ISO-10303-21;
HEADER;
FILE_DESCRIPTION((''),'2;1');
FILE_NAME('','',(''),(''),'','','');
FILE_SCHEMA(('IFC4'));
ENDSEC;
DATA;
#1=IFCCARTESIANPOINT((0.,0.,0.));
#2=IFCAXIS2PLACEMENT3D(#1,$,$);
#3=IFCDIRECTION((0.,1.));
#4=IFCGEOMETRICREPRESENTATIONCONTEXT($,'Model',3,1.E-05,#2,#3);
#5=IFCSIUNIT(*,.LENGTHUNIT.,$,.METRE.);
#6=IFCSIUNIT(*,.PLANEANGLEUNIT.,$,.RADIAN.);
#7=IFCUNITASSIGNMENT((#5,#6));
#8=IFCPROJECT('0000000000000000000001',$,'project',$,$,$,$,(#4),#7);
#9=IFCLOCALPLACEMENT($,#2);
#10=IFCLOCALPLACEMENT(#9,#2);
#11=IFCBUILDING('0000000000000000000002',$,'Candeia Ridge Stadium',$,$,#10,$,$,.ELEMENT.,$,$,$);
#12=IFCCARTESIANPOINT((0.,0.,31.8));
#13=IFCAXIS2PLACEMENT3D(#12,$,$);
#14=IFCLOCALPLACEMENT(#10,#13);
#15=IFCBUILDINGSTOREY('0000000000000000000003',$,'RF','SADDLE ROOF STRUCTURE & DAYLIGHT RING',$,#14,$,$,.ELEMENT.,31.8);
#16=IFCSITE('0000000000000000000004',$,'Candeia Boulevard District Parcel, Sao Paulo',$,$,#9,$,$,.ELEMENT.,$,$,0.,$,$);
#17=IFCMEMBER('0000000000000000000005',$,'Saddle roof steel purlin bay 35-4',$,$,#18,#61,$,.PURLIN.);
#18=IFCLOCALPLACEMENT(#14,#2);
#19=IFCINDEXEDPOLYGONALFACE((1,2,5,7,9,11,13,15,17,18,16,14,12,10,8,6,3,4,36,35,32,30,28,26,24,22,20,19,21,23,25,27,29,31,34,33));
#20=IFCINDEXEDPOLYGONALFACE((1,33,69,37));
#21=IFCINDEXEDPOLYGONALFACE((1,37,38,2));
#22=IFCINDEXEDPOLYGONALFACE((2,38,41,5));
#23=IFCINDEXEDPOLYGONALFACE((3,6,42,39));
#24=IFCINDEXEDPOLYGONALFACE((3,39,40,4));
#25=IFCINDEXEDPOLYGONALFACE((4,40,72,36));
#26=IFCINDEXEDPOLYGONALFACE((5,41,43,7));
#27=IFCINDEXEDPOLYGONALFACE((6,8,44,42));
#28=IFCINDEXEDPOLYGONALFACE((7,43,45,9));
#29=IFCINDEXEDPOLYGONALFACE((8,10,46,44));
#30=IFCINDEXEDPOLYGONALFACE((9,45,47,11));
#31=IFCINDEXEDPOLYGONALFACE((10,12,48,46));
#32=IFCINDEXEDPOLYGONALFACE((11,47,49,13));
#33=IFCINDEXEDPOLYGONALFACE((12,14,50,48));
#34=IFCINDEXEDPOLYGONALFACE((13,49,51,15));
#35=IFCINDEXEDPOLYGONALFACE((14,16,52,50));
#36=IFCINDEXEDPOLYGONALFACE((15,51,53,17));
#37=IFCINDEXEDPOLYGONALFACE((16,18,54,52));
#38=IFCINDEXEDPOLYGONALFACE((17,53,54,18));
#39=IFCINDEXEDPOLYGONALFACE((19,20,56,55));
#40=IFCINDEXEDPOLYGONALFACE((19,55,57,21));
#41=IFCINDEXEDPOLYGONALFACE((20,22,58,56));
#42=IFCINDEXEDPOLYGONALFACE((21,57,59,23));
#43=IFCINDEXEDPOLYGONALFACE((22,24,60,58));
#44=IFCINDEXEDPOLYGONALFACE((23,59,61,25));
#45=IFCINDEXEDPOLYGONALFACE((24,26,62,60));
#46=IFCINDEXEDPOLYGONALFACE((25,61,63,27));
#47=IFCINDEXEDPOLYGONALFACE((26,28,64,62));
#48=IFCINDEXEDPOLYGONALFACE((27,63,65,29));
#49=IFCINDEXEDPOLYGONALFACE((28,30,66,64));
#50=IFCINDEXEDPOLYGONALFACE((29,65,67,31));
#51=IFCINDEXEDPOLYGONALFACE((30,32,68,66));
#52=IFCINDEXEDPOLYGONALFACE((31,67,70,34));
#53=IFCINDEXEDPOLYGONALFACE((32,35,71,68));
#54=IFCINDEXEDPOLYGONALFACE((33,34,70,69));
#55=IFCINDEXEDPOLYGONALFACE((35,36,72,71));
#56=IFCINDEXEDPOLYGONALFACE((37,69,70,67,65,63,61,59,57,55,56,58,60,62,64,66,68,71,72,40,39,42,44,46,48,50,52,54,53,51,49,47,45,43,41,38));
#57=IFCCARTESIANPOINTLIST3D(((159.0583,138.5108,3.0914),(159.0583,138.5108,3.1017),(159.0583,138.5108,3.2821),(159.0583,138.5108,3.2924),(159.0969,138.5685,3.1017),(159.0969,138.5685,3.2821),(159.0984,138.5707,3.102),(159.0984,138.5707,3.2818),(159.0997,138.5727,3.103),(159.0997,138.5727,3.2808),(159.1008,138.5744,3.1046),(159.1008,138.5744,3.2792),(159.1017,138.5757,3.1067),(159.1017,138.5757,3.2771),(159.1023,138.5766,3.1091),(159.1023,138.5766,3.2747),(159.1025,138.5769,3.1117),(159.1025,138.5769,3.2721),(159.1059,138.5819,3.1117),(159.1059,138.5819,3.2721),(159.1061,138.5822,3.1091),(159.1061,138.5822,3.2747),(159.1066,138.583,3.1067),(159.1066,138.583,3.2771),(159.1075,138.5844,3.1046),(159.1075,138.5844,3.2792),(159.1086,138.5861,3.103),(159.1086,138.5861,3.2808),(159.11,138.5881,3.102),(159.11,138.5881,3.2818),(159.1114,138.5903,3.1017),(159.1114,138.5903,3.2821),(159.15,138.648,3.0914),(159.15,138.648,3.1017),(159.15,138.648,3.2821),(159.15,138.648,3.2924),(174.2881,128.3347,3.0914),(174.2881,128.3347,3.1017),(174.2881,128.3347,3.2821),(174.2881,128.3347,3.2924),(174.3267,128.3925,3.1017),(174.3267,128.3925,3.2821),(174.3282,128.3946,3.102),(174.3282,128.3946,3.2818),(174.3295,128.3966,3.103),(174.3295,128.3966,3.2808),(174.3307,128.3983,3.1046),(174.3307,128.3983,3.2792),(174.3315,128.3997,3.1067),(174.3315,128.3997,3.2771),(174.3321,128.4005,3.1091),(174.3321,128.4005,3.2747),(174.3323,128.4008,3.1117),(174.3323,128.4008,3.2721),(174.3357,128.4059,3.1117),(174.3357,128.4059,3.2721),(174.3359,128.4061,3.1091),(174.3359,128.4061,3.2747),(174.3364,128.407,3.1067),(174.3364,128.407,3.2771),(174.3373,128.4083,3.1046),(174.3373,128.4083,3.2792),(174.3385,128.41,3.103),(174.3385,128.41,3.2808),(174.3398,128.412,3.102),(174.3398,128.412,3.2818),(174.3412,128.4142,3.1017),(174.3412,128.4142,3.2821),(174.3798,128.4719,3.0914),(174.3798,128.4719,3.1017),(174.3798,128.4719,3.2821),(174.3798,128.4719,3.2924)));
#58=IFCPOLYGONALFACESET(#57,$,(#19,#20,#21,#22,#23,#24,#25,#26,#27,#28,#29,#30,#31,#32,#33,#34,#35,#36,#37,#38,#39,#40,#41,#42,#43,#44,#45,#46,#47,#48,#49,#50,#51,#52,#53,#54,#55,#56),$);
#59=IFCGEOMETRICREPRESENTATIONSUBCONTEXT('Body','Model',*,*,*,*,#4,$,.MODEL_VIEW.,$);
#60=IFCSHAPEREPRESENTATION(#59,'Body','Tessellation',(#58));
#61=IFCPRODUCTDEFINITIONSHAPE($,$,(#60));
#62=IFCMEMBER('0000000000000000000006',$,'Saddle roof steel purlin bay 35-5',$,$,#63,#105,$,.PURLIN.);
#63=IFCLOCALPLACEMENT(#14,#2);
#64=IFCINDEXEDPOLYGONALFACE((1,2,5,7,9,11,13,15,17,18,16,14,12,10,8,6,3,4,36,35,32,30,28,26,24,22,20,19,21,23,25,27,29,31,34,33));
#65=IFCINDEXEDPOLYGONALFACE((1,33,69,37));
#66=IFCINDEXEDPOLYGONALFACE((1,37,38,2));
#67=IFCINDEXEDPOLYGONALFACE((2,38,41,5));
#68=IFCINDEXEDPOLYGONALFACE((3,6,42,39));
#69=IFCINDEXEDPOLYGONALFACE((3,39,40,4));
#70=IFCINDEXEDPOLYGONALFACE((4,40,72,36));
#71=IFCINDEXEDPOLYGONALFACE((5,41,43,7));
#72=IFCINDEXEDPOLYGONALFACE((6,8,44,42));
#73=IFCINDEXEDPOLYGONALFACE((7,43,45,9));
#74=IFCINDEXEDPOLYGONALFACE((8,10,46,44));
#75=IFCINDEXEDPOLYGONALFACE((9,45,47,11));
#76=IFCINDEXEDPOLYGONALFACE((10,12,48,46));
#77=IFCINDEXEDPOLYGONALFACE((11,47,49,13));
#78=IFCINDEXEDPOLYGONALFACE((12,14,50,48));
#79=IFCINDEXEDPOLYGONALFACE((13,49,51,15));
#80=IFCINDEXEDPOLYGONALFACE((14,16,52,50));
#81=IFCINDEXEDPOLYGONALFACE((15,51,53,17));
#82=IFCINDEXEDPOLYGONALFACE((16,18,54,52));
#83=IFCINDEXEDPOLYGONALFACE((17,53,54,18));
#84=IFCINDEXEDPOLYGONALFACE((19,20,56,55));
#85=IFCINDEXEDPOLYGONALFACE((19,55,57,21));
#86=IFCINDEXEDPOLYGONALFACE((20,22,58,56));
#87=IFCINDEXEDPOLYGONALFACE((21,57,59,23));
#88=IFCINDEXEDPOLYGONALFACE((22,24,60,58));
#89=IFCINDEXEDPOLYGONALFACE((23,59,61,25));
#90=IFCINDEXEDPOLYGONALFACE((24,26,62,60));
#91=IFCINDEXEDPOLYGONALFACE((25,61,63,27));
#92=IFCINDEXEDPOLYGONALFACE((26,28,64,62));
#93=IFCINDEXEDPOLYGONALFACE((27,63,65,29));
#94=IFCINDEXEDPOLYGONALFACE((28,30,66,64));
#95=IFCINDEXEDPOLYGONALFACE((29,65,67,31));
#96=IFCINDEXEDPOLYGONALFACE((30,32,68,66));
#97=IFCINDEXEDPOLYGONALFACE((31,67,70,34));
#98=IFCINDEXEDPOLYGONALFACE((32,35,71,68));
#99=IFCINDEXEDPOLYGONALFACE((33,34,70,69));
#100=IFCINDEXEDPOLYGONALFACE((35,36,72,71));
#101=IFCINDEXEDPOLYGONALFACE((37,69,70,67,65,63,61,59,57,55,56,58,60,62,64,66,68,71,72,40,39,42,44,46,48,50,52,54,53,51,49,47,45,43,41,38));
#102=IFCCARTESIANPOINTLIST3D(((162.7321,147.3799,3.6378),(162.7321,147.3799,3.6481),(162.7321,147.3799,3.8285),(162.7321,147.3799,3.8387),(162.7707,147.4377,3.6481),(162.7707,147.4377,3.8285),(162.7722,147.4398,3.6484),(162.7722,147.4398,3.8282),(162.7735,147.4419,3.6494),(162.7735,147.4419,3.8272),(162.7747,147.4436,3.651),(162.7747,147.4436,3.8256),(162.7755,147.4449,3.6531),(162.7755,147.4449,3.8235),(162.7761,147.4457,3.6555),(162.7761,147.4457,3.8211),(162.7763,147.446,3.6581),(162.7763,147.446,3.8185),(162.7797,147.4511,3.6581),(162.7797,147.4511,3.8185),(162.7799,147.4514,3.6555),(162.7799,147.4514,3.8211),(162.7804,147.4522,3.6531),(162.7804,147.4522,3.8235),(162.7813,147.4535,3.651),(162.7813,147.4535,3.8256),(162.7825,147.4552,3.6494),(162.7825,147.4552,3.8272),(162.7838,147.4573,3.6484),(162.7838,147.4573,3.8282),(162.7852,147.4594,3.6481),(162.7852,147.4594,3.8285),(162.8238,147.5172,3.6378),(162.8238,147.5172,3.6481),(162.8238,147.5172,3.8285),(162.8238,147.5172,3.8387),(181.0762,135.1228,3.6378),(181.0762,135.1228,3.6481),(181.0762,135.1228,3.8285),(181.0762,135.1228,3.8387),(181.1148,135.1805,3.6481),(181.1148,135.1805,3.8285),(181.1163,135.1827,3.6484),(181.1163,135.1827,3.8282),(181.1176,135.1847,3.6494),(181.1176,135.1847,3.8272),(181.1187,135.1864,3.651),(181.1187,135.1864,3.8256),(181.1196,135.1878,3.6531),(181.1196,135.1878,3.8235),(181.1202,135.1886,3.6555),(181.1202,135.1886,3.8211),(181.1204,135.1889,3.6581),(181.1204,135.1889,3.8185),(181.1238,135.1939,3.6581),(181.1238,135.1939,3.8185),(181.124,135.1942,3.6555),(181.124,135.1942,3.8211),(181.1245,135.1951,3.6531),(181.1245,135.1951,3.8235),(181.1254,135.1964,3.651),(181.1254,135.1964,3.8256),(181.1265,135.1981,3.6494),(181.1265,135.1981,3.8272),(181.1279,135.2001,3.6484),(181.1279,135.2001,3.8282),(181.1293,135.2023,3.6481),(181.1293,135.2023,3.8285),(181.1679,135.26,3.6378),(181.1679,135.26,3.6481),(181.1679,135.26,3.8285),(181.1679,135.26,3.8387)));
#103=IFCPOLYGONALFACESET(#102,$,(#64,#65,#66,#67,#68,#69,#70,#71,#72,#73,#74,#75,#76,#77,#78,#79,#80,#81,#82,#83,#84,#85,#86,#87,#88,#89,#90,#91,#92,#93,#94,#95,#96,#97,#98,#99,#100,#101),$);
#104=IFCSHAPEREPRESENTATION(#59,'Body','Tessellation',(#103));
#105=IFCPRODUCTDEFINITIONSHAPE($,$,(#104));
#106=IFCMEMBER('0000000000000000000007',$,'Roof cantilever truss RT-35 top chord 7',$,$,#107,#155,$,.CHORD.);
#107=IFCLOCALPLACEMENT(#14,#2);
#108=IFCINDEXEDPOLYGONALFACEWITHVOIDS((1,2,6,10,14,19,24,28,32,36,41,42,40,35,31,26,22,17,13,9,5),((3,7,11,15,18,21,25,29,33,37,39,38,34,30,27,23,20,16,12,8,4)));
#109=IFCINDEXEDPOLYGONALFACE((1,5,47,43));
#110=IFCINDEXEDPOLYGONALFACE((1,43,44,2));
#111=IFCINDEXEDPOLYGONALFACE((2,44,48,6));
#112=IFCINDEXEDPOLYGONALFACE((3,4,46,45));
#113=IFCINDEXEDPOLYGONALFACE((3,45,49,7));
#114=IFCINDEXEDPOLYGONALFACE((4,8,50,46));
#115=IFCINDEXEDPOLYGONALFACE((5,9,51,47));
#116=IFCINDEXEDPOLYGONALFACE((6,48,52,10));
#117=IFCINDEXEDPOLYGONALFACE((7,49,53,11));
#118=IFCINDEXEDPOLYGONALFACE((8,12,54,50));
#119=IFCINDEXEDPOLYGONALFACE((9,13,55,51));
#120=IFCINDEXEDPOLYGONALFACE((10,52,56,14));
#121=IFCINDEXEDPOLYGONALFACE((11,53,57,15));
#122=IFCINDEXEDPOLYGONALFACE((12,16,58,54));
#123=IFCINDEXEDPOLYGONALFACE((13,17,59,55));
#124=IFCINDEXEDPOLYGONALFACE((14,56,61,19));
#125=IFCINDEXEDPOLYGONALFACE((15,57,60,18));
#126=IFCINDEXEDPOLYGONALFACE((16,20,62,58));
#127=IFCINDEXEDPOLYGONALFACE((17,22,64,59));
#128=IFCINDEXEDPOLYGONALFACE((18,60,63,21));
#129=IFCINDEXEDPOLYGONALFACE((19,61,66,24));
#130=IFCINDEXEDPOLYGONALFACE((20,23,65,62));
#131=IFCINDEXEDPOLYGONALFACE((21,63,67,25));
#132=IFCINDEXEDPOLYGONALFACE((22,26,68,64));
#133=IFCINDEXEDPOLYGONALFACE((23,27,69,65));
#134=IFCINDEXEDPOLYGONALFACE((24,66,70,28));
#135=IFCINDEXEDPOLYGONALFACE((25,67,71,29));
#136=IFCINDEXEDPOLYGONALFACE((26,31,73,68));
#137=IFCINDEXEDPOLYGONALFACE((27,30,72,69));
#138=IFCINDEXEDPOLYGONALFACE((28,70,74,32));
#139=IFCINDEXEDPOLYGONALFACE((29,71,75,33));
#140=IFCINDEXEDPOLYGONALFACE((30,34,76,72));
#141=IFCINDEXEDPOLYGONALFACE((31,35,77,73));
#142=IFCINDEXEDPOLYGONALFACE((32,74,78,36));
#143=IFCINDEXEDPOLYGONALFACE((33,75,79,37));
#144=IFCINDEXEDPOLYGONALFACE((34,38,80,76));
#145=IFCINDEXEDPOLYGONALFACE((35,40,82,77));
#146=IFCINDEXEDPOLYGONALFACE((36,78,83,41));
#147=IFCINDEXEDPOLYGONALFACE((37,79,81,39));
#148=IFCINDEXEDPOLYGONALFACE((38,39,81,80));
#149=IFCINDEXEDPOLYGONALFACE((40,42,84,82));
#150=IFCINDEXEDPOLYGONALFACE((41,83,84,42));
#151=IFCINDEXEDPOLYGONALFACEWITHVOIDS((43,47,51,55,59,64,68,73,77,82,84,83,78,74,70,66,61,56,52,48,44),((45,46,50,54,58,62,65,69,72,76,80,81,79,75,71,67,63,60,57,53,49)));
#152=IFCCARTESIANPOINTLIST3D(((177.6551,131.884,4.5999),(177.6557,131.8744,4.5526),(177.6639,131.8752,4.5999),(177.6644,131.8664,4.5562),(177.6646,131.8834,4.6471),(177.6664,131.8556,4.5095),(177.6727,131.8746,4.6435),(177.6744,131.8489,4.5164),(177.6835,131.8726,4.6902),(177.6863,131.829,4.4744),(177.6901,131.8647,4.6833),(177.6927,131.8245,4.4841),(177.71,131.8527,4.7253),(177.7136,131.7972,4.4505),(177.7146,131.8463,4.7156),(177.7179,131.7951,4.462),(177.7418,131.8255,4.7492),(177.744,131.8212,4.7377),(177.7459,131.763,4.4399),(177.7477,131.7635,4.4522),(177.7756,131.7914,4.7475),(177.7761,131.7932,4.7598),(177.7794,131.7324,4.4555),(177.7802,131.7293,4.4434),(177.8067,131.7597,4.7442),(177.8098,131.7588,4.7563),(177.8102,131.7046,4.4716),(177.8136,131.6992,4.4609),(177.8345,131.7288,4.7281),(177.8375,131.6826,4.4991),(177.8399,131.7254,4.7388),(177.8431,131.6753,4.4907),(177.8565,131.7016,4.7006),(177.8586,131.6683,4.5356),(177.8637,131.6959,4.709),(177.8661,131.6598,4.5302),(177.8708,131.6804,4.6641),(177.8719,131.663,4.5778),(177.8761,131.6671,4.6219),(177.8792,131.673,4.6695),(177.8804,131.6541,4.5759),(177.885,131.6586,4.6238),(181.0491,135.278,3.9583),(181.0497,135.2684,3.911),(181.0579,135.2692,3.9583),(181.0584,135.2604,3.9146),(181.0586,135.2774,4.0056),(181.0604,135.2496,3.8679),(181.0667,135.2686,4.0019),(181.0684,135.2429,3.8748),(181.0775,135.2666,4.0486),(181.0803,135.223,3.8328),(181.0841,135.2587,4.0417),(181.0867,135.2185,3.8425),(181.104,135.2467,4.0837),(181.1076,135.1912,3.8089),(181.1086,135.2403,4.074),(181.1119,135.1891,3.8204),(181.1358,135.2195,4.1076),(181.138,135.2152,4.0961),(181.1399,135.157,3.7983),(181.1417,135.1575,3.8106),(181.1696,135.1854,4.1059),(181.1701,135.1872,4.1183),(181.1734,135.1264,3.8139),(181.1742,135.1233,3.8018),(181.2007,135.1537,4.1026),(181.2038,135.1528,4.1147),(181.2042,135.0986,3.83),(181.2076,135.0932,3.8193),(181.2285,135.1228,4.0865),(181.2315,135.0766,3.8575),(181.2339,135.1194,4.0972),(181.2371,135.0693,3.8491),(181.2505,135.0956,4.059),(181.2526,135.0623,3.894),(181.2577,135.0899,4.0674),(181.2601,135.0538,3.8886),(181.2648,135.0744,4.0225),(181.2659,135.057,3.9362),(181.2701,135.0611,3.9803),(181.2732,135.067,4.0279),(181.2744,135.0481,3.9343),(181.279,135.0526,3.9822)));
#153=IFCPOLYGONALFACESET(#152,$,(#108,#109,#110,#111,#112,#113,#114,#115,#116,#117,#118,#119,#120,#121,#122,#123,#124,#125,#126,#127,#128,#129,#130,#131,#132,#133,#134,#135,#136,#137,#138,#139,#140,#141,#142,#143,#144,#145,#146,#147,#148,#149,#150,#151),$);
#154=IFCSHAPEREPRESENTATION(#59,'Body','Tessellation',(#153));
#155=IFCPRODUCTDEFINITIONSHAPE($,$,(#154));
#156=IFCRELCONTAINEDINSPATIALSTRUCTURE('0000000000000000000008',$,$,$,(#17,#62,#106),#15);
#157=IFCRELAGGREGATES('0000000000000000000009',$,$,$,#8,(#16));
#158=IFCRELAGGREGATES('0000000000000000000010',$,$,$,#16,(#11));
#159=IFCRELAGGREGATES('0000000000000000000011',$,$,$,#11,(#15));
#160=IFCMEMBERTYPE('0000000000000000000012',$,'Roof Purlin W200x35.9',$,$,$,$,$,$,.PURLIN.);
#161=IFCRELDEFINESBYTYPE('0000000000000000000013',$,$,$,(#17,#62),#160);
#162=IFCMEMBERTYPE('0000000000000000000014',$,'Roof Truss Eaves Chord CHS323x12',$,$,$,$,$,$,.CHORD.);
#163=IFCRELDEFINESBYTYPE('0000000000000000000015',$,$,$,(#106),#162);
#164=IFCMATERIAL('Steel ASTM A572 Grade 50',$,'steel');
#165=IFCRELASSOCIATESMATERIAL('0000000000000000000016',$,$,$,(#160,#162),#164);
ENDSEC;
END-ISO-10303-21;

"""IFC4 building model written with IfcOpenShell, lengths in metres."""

from ifc_helpers import new_model, si_unit, direction, frame, origin, origin_2d, place, context, subcontext, project, spatial, hollow_circle, i_section, extrude, material, material_profile, profile_set, type_object, element, save


model = new_model("IFC4")

# Units and contexts
model_context = context("Model", 3, precision=1e-05, world=origin(), true_north=direction((0.0, 1.0)))
body_context = subcontext(model_context, "Body", "Model", "MODEL_VIEW")
ifc_project = project(units=[si_unit("LENGTHUNIT", "METRE"), si_unit("PLANEANGLEUNIT", "RADIAN")], contexts=[model_context])

# Site, building, storey
site_placement = place(None, origin())
site = spatial("IfcSite", under=ifc_project, at=site_placement, Name="Candeia Boulevard District Parcel, Sao Paulo", CompositionType="ELEMENT", RefElevation=0.0)
building_placement = place(site_placement, origin())
building = spatial("IfcBuilding", under=site, at=building_placement, Name="Candeia Ridge Stadium", CompositionType="ELEMENT")
storey_placement = place(building_placement, frame((0.0, 0.0, 31.8)))
storey = spatial("IfcBuildingStorey", under=building, at=storey_placement, Name="RF", Description="SADDLE ROOF STRUCTURE & DAYLIGHT RING", CompositionType="ELEMENT", Elevation=31.8)

# Shared definitions
ifc_material_1 = material(Name="Steel ASTM A572 Grade 50", Category="steel")

# Members
ifc_material_profile_1 = material_profile(ifc_material_1, i_section(OverallWidth=0.165, OverallDepth=0.2009, WebThickness=0.0061, FlangeThickness=0.0103, FilletRadius=0.01, at=origin_2d()), Name="W200x35.9", Category="steel")
ifc_profile_set_1 = profile_set([ifc_material_profile_1], Name="Steel ASTM A572 Grade 50")
member_type_1 = type_object("IfcMemberType", Name="Roof Purlin W200x35.9", PredefinedType="PURLIN", material=ifc_profile_set_1)
member_1_placement = place(storey_placement, frame((174.334, 128.4033, 3.1919), z_axis=(-0.831474, 0.555564, 0.0), x_axis=(-0.555564, -0.831474, 0.0)))
element("IfcMember", 1, at=member_1_placement, inside=storey, type_object=member_type_1, Name="Saddle roof steel purlin bay 35-4", PredefinedType="PURLIN", context=body_context, shape_type="SweptSolid", body=[
    extrude(i_section(OverallWidth=0.165, OverallDepth=0.2009, WebThickness=0.0061, FlangeThickness=0.0103, FilletRadius=0.01, at=origin_2d()), origin(), (0.0, 0.0, 1.0), 18.3167),
])
member_2_placement = place(storey_placement, frame((181.1221, 135.1914, 3.7383), z_axis=(-0.831469, 0.555571, 0.0), x_axis=(-0.555571, -0.831469, 0.0)))
element("IfcMember", 2, at=member_2_placement, inside=storey, type_object=member_type_1, Name="Saddle roof steel purlin bay 35-5", PredefinedType="PURLIN", context=body_context, shape_type="SweptSolid", body=[
    extrude(i_section(OverallWidth=0.165, OverallDepth=0.2009, WebThickness=0.0061, FlangeThickness=0.0103, FilletRadius=0.01, at=origin_2d()), origin(), (0.0, 0.0, 1.0), 22.0623),
])
ifc_material_profile_2 = material_profile(ifc_material_1, hollow_circle(Radius=0.1619, WallThickness=0.0125, at=origin_2d()), Name="CHS323x12", Category="steel")
ifc_profile_set_2 = profile_set([ifc_material_profile_2], Name="Steel ASTM A572 Grade 50")
member_type_2 = type_object("IfcMemberType", Name="Roof Truss Eaves Chord CHS323x12", PredefinedType="CHORD", material=ifc_profile_set_2)
member_3_placement = place(storey_placement, frame((177.7695, 131.7695, 4.5999), z_axis=(0.700873, 0.700873, -0.132491), x_axis=(-0.707107, 0.707107, 0.0)))
element("IfcMember", 3, at=member_3_placement, inside=storey, type_object=member_type_2, Name="Roof cantilever truss RT-35 top chord 7", PredefinedType="CHORD", context=body_context, shape_type="SweptSolid", body=[
    extrude(hollow_circle(Radius=0.1619, WallThickness=0.0125, at=origin_2d()), origin(), (0.0, 0.0, 1.0), 4.8425),
])

save(model, "model.ifc")
